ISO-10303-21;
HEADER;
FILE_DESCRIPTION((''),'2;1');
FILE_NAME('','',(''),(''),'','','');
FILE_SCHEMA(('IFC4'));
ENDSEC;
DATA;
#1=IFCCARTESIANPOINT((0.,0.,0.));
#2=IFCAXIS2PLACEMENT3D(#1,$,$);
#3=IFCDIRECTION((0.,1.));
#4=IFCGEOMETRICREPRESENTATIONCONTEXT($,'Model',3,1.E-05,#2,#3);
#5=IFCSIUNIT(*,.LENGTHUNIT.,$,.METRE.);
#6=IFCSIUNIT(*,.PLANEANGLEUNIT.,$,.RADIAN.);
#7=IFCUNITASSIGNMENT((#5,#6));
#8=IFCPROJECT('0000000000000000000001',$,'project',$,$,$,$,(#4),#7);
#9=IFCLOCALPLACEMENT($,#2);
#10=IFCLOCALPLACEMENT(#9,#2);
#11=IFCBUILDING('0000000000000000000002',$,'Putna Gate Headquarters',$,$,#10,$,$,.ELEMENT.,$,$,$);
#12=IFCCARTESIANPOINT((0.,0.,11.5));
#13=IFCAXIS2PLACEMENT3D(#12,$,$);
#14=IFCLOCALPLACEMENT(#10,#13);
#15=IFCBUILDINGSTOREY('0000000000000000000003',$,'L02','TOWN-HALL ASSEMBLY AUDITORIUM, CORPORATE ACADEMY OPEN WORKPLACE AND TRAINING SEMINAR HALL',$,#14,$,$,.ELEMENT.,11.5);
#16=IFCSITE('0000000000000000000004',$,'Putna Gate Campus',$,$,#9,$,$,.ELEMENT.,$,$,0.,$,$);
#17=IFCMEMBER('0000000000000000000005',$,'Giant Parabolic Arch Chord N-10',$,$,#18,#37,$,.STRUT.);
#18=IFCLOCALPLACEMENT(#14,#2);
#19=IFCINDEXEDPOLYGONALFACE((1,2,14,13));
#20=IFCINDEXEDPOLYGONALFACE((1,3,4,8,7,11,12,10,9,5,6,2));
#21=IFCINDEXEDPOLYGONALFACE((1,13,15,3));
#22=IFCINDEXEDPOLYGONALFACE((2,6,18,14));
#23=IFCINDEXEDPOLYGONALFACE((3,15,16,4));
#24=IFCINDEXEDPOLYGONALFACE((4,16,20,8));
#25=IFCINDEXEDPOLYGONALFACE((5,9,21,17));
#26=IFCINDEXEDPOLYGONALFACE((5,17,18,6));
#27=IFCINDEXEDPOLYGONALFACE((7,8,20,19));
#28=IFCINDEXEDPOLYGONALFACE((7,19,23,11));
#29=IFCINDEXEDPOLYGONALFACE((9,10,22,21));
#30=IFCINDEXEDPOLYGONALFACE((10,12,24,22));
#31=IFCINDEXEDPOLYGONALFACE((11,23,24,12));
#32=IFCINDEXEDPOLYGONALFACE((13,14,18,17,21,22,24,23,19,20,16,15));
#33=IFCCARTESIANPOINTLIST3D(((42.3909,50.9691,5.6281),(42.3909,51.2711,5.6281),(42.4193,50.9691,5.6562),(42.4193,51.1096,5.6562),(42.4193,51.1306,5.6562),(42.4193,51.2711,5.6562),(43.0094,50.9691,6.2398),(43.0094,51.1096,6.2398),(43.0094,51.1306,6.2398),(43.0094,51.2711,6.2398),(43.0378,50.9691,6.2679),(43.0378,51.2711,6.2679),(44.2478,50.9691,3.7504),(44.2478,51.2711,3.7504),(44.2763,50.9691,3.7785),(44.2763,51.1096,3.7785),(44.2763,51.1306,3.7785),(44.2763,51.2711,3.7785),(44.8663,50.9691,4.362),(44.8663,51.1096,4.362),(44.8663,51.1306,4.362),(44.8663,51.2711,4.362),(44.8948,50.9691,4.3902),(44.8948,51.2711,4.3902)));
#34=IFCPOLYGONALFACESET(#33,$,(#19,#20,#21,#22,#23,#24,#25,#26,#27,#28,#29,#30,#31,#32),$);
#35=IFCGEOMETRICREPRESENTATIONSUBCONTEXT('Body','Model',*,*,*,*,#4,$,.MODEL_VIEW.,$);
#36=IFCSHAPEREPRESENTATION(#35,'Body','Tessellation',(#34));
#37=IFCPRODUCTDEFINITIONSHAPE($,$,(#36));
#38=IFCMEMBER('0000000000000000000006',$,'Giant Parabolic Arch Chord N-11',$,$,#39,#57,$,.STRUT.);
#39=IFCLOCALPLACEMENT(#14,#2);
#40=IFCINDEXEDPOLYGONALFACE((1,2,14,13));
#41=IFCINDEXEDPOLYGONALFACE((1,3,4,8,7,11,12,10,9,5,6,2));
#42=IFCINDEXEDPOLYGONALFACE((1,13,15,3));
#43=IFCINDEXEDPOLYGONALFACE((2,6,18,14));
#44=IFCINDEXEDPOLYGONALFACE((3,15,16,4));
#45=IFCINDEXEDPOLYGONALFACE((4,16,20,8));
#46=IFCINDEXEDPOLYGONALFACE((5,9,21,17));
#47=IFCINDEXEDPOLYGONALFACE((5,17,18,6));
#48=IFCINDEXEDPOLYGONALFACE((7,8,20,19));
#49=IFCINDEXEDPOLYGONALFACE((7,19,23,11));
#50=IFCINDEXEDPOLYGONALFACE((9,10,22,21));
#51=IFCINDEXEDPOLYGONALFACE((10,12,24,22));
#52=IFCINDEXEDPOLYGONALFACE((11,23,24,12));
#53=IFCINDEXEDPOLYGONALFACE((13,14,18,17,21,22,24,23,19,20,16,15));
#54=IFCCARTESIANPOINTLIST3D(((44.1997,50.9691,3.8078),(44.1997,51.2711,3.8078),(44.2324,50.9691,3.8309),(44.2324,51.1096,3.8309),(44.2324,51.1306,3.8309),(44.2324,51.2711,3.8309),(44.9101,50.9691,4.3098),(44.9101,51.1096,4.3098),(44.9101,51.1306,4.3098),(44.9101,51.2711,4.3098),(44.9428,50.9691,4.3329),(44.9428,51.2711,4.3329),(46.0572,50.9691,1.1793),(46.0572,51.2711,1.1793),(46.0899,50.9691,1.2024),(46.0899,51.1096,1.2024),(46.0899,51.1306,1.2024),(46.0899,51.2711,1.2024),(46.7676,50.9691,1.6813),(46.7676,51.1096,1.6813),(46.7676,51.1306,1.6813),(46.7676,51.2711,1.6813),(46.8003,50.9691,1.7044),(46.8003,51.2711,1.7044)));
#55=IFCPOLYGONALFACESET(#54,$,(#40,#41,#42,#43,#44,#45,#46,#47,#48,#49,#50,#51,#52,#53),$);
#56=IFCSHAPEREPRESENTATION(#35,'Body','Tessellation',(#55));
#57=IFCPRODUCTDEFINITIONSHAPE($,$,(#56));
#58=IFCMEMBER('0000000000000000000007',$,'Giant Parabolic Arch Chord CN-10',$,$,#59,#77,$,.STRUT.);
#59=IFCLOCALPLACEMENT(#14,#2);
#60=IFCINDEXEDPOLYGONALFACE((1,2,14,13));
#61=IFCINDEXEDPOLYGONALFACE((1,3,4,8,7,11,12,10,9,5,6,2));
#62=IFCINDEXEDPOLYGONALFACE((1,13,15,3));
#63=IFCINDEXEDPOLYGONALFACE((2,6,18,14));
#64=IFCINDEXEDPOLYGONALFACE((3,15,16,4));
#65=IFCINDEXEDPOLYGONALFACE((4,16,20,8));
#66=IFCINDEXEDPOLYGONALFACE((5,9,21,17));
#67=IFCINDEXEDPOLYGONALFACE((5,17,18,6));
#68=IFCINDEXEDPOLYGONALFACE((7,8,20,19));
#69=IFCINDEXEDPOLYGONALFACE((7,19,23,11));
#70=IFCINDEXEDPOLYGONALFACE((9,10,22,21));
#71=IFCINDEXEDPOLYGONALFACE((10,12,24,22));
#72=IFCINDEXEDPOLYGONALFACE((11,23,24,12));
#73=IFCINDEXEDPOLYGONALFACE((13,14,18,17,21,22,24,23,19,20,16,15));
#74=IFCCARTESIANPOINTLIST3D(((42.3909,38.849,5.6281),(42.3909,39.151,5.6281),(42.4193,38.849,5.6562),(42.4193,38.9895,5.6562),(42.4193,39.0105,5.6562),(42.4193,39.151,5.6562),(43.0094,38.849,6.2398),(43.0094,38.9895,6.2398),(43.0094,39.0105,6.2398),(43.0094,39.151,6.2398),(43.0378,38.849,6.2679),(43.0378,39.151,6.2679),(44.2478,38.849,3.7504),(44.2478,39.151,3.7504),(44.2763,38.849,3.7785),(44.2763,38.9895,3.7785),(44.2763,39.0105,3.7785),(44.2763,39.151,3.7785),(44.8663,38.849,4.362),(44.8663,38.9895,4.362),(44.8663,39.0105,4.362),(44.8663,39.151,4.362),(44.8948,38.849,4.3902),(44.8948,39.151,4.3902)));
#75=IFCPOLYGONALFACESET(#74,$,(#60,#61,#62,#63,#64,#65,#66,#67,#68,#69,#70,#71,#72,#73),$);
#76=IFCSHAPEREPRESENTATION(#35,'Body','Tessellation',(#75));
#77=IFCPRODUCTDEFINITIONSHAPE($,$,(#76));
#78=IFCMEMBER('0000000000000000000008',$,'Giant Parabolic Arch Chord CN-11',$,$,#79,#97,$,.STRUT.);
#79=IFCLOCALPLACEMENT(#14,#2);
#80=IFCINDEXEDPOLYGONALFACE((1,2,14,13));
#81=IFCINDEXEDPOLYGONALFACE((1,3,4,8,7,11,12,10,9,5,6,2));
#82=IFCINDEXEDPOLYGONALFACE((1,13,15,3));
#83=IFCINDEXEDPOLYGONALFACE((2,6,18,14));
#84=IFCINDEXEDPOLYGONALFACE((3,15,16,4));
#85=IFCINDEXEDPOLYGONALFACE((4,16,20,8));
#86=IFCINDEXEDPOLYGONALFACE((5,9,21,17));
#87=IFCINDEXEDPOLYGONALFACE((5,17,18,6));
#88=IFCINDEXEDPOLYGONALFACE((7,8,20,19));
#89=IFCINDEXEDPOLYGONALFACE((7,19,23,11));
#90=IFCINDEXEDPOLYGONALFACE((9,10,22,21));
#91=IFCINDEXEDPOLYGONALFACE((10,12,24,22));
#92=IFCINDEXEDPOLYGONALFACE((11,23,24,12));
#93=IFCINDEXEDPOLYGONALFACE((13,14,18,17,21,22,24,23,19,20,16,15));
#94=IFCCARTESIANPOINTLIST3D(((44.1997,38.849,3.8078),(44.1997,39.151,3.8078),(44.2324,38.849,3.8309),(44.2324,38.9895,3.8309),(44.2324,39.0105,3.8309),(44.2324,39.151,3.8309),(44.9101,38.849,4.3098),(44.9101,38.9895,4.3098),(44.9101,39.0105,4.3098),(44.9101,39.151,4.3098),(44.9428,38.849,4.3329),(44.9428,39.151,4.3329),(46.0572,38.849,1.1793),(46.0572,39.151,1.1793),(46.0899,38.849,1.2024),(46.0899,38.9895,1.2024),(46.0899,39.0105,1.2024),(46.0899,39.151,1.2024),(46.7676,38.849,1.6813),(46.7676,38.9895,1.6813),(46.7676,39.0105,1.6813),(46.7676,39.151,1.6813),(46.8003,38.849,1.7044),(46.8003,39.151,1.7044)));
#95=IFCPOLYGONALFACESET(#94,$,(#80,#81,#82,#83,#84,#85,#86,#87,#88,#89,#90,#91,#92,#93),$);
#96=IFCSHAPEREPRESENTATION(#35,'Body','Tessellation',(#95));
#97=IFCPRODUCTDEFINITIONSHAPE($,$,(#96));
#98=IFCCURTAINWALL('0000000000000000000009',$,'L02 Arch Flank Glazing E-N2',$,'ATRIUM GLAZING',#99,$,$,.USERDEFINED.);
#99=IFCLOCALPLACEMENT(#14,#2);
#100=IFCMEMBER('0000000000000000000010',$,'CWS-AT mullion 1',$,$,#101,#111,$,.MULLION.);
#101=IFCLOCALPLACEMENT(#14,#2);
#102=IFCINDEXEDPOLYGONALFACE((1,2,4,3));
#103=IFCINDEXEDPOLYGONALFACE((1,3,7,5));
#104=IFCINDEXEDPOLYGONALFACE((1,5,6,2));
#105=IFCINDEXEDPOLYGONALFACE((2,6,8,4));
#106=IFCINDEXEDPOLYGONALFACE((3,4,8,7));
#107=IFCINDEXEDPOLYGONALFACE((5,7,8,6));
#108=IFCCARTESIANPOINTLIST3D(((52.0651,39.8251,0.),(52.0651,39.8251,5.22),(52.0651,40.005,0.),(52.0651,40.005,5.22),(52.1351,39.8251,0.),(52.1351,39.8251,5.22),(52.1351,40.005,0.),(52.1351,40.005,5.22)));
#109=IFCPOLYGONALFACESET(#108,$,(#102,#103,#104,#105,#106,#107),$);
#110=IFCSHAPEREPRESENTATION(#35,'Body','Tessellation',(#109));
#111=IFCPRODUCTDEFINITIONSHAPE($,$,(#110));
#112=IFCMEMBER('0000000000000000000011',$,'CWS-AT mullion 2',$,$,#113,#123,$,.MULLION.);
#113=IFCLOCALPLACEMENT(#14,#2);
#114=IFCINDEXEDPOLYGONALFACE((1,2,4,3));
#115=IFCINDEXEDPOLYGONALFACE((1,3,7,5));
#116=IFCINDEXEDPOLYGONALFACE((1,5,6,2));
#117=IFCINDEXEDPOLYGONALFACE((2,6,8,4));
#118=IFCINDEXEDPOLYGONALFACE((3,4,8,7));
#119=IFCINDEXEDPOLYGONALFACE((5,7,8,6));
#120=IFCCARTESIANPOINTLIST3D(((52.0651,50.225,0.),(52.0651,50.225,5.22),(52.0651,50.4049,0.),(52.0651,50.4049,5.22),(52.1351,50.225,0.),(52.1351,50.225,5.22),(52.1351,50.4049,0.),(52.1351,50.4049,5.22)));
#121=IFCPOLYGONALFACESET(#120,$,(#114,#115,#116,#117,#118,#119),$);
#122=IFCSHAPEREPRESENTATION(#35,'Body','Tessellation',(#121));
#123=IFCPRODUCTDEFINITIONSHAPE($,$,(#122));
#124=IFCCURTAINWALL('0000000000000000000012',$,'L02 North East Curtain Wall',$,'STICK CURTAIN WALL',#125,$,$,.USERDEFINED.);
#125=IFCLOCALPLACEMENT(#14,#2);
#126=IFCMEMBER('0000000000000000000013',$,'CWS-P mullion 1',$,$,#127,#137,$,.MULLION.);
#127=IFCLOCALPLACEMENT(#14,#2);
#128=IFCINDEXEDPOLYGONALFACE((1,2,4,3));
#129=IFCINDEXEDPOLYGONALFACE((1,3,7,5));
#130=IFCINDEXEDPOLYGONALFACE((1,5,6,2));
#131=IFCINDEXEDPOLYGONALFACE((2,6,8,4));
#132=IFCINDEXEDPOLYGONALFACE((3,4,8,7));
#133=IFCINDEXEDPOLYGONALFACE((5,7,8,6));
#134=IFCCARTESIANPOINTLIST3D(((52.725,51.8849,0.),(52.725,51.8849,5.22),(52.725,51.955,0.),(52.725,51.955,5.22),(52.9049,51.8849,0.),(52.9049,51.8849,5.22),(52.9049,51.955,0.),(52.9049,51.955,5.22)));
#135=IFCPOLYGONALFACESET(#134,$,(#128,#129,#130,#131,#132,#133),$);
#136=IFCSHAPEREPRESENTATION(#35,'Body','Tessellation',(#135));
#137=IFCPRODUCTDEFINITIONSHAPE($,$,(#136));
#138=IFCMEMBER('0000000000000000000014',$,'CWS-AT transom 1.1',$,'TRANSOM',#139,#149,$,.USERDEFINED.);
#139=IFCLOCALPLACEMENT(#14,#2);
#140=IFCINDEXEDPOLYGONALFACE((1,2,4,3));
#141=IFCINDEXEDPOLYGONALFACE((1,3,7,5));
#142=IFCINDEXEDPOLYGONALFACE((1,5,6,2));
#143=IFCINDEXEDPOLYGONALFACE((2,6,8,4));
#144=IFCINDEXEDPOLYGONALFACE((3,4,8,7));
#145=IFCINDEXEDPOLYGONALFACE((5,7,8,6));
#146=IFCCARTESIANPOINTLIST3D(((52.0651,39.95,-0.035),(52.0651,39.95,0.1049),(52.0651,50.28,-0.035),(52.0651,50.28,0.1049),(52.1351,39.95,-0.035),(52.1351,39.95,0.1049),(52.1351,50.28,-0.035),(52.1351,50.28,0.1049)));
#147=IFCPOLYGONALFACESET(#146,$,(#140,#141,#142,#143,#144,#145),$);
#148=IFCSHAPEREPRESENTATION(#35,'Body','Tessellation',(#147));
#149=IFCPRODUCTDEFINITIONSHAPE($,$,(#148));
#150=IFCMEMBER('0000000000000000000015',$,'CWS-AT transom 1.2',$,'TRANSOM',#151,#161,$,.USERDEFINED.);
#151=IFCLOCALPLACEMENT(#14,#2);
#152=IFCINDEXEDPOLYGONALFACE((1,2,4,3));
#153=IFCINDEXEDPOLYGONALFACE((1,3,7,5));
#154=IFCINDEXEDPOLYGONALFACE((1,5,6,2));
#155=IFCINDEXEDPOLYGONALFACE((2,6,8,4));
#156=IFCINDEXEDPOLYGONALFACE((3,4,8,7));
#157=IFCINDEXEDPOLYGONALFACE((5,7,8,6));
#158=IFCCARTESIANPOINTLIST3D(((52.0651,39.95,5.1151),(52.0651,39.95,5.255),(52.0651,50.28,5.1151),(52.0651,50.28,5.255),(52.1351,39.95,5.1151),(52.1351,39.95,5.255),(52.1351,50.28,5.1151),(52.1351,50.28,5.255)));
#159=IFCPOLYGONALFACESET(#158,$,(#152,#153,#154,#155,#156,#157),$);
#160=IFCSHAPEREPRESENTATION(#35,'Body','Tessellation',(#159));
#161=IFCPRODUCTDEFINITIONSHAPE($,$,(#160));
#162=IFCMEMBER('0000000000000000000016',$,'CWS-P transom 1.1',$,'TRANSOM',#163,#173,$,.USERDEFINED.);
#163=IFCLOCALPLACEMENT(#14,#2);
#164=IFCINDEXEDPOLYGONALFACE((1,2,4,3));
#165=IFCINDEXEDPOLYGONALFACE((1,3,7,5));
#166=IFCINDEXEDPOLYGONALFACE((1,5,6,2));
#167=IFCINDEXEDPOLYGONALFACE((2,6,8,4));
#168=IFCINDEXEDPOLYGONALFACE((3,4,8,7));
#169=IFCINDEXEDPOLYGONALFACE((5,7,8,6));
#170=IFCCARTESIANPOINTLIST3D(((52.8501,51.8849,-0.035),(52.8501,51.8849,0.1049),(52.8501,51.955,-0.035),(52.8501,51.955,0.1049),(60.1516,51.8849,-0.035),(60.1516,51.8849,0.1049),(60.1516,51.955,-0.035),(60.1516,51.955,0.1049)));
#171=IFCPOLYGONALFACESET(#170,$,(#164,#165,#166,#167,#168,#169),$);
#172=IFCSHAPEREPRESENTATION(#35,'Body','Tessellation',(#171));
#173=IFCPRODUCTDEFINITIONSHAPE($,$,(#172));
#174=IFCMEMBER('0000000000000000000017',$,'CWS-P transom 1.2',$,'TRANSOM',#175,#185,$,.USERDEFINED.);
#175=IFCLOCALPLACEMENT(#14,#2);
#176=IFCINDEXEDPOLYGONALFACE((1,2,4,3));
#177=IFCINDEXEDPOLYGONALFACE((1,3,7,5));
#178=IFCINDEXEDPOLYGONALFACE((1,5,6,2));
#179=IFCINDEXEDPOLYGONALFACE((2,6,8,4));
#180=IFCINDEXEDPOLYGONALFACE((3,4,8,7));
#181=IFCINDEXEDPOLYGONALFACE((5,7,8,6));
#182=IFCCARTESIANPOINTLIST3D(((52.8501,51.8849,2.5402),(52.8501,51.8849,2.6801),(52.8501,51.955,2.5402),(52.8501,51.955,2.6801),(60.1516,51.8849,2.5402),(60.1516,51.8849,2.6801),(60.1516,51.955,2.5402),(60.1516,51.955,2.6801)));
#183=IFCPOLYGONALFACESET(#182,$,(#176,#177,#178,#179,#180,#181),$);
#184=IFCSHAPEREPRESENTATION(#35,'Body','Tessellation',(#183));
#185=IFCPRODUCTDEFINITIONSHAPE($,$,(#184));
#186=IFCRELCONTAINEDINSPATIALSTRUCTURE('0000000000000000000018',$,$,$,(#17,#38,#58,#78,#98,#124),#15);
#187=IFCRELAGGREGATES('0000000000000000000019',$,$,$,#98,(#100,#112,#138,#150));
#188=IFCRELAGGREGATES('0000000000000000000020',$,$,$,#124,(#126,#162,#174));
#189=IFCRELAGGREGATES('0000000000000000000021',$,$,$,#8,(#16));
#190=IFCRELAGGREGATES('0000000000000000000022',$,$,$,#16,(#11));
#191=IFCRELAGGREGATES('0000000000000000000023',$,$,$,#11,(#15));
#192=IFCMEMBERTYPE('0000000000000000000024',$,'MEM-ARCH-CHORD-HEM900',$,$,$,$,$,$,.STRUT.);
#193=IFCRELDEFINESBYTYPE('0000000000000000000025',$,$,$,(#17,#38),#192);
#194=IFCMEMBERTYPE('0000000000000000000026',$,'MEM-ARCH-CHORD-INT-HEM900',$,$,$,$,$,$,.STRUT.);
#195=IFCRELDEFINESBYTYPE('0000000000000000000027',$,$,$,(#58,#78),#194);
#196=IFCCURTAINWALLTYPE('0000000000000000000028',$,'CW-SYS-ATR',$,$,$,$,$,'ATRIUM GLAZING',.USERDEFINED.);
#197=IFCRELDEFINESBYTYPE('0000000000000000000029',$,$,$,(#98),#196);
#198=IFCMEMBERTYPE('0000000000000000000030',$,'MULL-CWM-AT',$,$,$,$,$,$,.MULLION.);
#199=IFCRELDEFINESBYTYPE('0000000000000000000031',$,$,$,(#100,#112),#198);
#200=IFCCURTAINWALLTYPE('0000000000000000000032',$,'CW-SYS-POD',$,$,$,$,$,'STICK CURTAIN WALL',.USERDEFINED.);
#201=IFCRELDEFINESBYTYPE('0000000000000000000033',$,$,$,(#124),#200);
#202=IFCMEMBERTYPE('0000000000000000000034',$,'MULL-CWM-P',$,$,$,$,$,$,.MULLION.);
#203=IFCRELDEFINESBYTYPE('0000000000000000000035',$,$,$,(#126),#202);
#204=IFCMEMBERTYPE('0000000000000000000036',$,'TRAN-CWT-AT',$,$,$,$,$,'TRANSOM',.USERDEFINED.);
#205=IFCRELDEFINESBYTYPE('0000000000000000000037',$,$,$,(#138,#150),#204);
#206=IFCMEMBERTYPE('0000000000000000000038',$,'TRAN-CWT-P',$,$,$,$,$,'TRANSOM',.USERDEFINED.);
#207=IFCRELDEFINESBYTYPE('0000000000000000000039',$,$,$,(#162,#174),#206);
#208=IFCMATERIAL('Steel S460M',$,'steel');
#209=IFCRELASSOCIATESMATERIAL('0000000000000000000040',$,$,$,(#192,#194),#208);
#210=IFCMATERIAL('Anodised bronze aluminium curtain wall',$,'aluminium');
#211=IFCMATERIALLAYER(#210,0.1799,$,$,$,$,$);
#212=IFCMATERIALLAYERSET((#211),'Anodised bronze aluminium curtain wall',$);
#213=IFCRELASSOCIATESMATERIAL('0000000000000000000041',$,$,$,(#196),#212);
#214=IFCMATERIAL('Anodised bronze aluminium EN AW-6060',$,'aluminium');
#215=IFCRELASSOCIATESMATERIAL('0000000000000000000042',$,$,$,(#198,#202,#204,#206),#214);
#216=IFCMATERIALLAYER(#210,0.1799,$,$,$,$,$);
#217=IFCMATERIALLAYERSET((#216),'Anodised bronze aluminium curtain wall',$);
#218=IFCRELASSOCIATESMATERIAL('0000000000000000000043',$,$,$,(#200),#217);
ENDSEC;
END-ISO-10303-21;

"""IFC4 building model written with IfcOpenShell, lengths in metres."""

from ifc_helpers import new_model, si_unit, direction, frame, origin, origin_2d, place, context, subcontext, project, spatial, rectangle, i_section, extrude, material, layer, layer_set, material_profile, profile_set, type_object, element, aggregate, save


model = new_model("IFC4")

# Units and contexts
model_context = context("Model", 3, precision=1e-05, world=origin(), true_north=direction((0.0, 1.0)))
body_context = subcontext(model_context, "Body", "Model", "MODEL_VIEW")
ifc_project = project(units=[si_unit("LENGTHUNIT", "METRE"), si_unit("PLANEANGLEUNIT", "RADIAN")], contexts=[model_context])

# Site, building, storey
site_placement = place(None, origin())
site = spatial("IfcSite", under=ifc_project, at=site_placement, Name="Putna Gate Campus", CompositionType="ELEMENT", RefElevation=0.0)
building_placement = place(site_placement, origin())
building = spatial("IfcBuilding", under=site, at=building_placement, Name="Putna Gate Headquarters", CompositionType="ELEMENT")
storey_placement = place(building_placement, frame((0.0, 0.0, 11.5)))
storey = spatial("IfcBuildingStorey", under=building, at=storey_placement, Name="L02", Description="TOWN-HALL ASSEMBLY AUDITORIUM, CORPORATE ACADEMY OPEN WORKPLACE AND TRAINING SEMINAR HALL", CompositionType="ELEMENT", Elevation=11.5)

# Members
ifc_material_1 = material(Name="Steel S460M", Category="steel")
ifc_material_profile_1 = material_profile(ifc_material_1, i_section(OverallWidth=0.302, OverallDepth=0.9099, WebThickness=0.021, FlangeThickness=0.04, at=origin_2d()), Name="Steel S460M")
ifc_profile_set_1 = profile_set([ifc_material_profile_1], Name="Steel S460M")
member_type_1 = type_object("IfcMemberType", Name="MEM-ARCH-CHORD-HEM900", PredefinedType="STRUT", material=ifc_profile_set_1)
member_1_placement = place(storey_placement, frame((42.7144, 51.1201, 5.948), z_axis=(0.703167, 0.0, -0.711025), x_axis=(0.0, 1.0, 0.0)))
element("IfcMember", 1, at=member_1_placement, inside=storey, type_object=member_type_1, Name="Giant Parabolic Arch Chord N-10", PredefinedType="STRUT", context=body_context, shape_type="SweptSolid", body=[
    extrude(i_section(OverallWidth=0.302, OverallDepth=0.9099, WebThickness=0.021, FlangeThickness=0.04, at=origin_2d()), origin(), (0.0, 0.0, 1.0), 2.6409),
])
member_2_placement = place(storey_placement, frame((44.5713, 51.1201, 4.0703), z_axis=(0.577112, 0.0, -0.816665), x_axis=(0.0, 1.0, 0.0)))
element("IfcMember", 2, at=member_2_placement, inside=storey, type_object=member_type_1, Name="Giant Parabolic Arch Chord N-11", PredefinedType="STRUT", context=body_context, shape_type="SweptSolid", body=[
    extrude(i_section(OverallWidth=0.302, OverallDepth=0.9099, WebThickness=0.021, FlangeThickness=0.04, at=origin_2d()), origin(), (0.0, 0.0, 1.0), 3.2185),
])
ifc_material_profile_2 = material_profile(ifc_material_1, i_section(OverallWidth=0.302, OverallDepth=0.9099, WebThickness=0.021, FlangeThickness=0.04, at=origin_2d()), Name="Steel S460M")
ifc_profile_set_2 = profile_set([ifc_material_profile_2], Name="Steel S460M")
member_type_2 = type_object("IfcMemberType", Name="MEM-ARCH-CHORD-INT-HEM900", PredefinedType="STRUT", material=ifc_profile_set_2)
member_3_placement = place(storey_placement, frame((42.7144, 39.0, 5.948), z_axis=(0.703167, 0.0, -0.711025), x_axis=(0.0, 1.0, 0.0)))
element("IfcMember", 3, at=member_3_placement, inside=storey, type_object=member_type_2, Name="Giant Parabolic Arch Chord CN-10", PredefinedType="STRUT", context=body_context, shape_type="SweptSolid", body=[
    extrude(i_section(OverallWidth=0.302, OverallDepth=0.9099, WebThickness=0.021, FlangeThickness=0.04, at=origin_2d()), origin(), (0.0, 0.0, 1.0), 2.6409),
])
member_4_placement = place(storey_placement, frame((44.5713, 39.0, 4.0703), z_axis=(0.577112, 0.0, -0.816665), x_axis=(0.0, 1.0, 0.0)))
element("IfcMember", 4, at=member_4_placement, inside=storey, type_object=member_type_2, Name="Giant Parabolic Arch Chord CN-11", PredefinedType="STRUT", context=body_context, shape_type="SweptSolid", body=[
    extrude(i_section(OverallWidth=0.302, OverallDepth=0.9099, WebThickness=0.021, FlangeThickness=0.04, at=origin_2d()), origin(), (0.0, 0.0, 1.0), 3.2185),
])

# Curtain wall, members
ifc_material_2 = material(Name="Anodised bronze aluminium curtain wall", Category="aluminium")
ifc_layer_1 = layer(ifc_material_2, 0.1799)
ifc_layer_set_1 = layer_set([ifc_layer_1], Name="Anodised bronze aluminium curtain wall")
curtain_wall_type_1 = type_object("IfcCurtainWallType", Name="CW-SYS-ATR", ElementType="ATRIUM GLAZING", PredefinedType="USERDEFINED", material=ifc_layer_set_1)
curtain_wall_1_placement = place(storey_placement, origin())
curtain_wall_1 = element("IfcCurtainWall", 5, at=curtain_wall_1_placement, inside=storey, type_object=curtain_wall_type_1, Name="L02 Arch Flank Glazing E-N2", ObjectType="ATRIUM GLAZING", PredefinedType="USERDEFINED")
ifc_material_3 = material(Name="Anodised bronze aluminium EN AW-6060", Category="aluminium")
ifc_material_profile_3 = material_profile(ifc_material_3, rectangle(XDim=0.0701, YDim=0.1799, at=origin_2d()), Name="Anodised bronze aluminium EN AW-6060")
ifc_profile_set_3 = profile_set([ifc_material_profile_3], Name="Anodised bronze aluminium EN AW-6060")
member_type_3 = type_object("IfcMemberType", Name="MULL-CWM-AT", PredefinedType="MULLION", material=ifc_profile_set_3)
member_5_placement = place(storey_placement, frame((52.1001, 39.915, 0.0), z_axis=(0.0, 0.0, 1.0), x_axis=(-1.0, 0.0, 0.0)))
member_5 = element("IfcMember", 6, at=member_5_placement, type_object=member_type_3, Name="CWS-AT mullion 1", PredefinedType="MULLION", context=body_context, shape_type="SweptSolid", body=[
    extrude(rectangle(XDim=0.0701, YDim=0.1799, at=origin_2d()), origin(), (0.0, 0.0, 1.0), 5.22),
])
member_6_placement = place(storey_placement, frame((52.1001, 50.3149, 0.0), z_axis=(0.0, 0.0, 1.0), x_axis=(-1.0, 0.0, 0.0)))
member_6 = element("IfcMember", 7, at=member_6_placement, type_object=member_type_3, Name="CWS-AT mullion 2", PredefinedType="MULLION", context=body_context, shape_type="SweptSolid", body=[
    extrude(rectangle(XDim=0.0701, YDim=0.1799, at=origin_2d()), origin(), (0.0, 0.0, 1.0), 5.22),
])

# Curtain wall, member
ifc_layer_2 = layer(ifc_material_2, 0.1799)
ifc_layer_set_2 = layer_set([ifc_layer_2], Name="Anodised bronze aluminium curtain wall")
curtain_wall_type_2 = type_object("IfcCurtainWallType", Name="CW-SYS-POD", ElementType="STICK CURTAIN WALL", PredefinedType="USERDEFINED", material=ifc_layer_set_2)
curtain_wall_2_placement = place(storey_placement, origin())
curtain_wall_2 = element("IfcCurtainWall", 8, at=curtain_wall_2_placement, inside=storey, type_object=curtain_wall_type_2, Name="L02 North East Curtain Wall", ObjectType="STICK CURTAIN WALL", PredefinedType="USERDEFINED")
ifc_material_profile_4 = material_profile(ifc_material_3, rectangle(XDim=0.0701, YDim=0.1799, at=origin_2d()), Name="Anodised bronze aluminium EN AW-6060")
ifc_profile_set_4 = profile_set([ifc_material_profile_4], Name="Anodised bronze aluminium EN AW-6060")
member_type_4 = type_object("IfcMemberType", Name="MULL-CWM-P", PredefinedType="MULLION", material=ifc_profile_set_4)
member_7_placement = place(storey_placement, frame((52.8149, 51.9199, 0.0), z_axis=(0.0, 0.0, 1.0), x_axis=(0.0, 1.0, 0.0)))
member_7 = element("IfcMember", 9, at=member_7_placement, type_object=member_type_4, Name="CWS-P mullion 1", PredefinedType="MULLION", context=body_context, shape_type="SweptSolid", body=[
    extrude(rectangle(XDim=0.0701, YDim=0.1799, at=origin_2d()), origin(), (0.0, 0.0, 1.0), 5.22),
])

# Members
ifc_material_profile_5 = material_profile(ifc_material_3, rectangle(XDim=0.0701, YDim=0.1399, at=origin_2d()), Name="Anodised bronze aluminium EN AW-6060")
ifc_profile_set_5 = profile_set([ifc_material_profile_5], Name="Anodised bronze aluminium EN AW-6060")
member_type_5 = type_object("IfcMemberType", Name="TRAN-CWT-AT", ElementType="TRANSOM", PredefinedType="USERDEFINED", material=ifc_profile_set_5)
member_8_placement = place(storey_placement, frame((52.1001, 39.95, 0.0349), z_axis=(0.0, 1.0, 0.0), x_axis=(-1.0, 0.0, 0.0)))
member_8 = element("IfcMember", 10, at=member_8_placement, type_object=member_type_5, Name="CWS-AT transom 1.1", ObjectType="TRANSOM", PredefinedType="USERDEFINED", context=body_context, shape_type="SweptSolid", body=[
    extrude(rectangle(XDim=0.0701, YDim=0.1399, at=origin_2d()), origin(), (0.0, 0.0, 1.0), 10.3301),
])
member_9_placement = place(storey_placement, frame((52.1001, 39.95, 5.1851), z_axis=(0.0, 1.0, 0.0), x_axis=(-1.0, 0.0, 0.0)))
member_9 = element("IfcMember", 11, at=member_9_placement, type_object=member_type_5, Name="CWS-AT transom 1.2", ObjectType="TRANSOM", PredefinedType="USERDEFINED", context=body_context, shape_type="SweptSolid", body=[
    extrude(rectangle(XDim=0.0701, YDim=0.1399, at=origin_2d()), origin(), (0.0, 0.0, 1.0), 10.3301),
])
ifc_material_profile_6 = material_profile(ifc_material_3, rectangle(XDim=0.0701, YDim=0.1399, at=origin_2d()), Name="Anodised bronze aluminium EN AW-6060")
ifc_profile_set_6 = profile_set([ifc_material_profile_6], Name="Anodised bronze aluminium EN AW-6060")
member_type_6 = type_object("IfcMemberType", Name="TRAN-CWT-P", ElementType="TRANSOM", PredefinedType="USERDEFINED", material=ifc_profile_set_6)
member_10_placement = place(storey_placement, frame((52.8501, 51.9199, 0.0349), z_axis=(1.0, 0.0, 0.0), x_axis=(0.0, 1.0, 0.0)))
member_10 = element("IfcMember", 12, at=member_10_placement, type_object=member_type_6, Name="CWS-P transom 1.1", ObjectType="TRANSOM", PredefinedType="USERDEFINED", context=body_context, shape_type="SweptSolid", body=[
    extrude(rectangle(XDim=0.0701, YDim=0.1399, at=origin_2d()), origin(), (0.0, 0.0, 1.0), 7.3015),
])
member_11_placement = place(storey_placement, frame((52.8501, 51.9199, 2.6101), z_axis=(1.0, 0.0, 0.0), x_axis=(0.0, 1.0, 0.0)))
member_11 = element("IfcMember", 13, at=member_11_placement, type_object=member_type_6, Name="CWS-P transom 1.2", ObjectType="TRANSOM", PredefinedType="USERDEFINED", context=body_context, shape_type="SweptSolid", body=[
    extrude(rectangle(XDim=0.0701, YDim=0.1399, at=origin_2d()), origin(), (0.0, 0.0, 1.0), 7.3015),
])

aggregate(curtain_wall_1, [member_5, member_6, member_8, member_9])
aggregate(curtain_wall_2, [member_7, member_10, member_11])

save(model, "model.ifc")
